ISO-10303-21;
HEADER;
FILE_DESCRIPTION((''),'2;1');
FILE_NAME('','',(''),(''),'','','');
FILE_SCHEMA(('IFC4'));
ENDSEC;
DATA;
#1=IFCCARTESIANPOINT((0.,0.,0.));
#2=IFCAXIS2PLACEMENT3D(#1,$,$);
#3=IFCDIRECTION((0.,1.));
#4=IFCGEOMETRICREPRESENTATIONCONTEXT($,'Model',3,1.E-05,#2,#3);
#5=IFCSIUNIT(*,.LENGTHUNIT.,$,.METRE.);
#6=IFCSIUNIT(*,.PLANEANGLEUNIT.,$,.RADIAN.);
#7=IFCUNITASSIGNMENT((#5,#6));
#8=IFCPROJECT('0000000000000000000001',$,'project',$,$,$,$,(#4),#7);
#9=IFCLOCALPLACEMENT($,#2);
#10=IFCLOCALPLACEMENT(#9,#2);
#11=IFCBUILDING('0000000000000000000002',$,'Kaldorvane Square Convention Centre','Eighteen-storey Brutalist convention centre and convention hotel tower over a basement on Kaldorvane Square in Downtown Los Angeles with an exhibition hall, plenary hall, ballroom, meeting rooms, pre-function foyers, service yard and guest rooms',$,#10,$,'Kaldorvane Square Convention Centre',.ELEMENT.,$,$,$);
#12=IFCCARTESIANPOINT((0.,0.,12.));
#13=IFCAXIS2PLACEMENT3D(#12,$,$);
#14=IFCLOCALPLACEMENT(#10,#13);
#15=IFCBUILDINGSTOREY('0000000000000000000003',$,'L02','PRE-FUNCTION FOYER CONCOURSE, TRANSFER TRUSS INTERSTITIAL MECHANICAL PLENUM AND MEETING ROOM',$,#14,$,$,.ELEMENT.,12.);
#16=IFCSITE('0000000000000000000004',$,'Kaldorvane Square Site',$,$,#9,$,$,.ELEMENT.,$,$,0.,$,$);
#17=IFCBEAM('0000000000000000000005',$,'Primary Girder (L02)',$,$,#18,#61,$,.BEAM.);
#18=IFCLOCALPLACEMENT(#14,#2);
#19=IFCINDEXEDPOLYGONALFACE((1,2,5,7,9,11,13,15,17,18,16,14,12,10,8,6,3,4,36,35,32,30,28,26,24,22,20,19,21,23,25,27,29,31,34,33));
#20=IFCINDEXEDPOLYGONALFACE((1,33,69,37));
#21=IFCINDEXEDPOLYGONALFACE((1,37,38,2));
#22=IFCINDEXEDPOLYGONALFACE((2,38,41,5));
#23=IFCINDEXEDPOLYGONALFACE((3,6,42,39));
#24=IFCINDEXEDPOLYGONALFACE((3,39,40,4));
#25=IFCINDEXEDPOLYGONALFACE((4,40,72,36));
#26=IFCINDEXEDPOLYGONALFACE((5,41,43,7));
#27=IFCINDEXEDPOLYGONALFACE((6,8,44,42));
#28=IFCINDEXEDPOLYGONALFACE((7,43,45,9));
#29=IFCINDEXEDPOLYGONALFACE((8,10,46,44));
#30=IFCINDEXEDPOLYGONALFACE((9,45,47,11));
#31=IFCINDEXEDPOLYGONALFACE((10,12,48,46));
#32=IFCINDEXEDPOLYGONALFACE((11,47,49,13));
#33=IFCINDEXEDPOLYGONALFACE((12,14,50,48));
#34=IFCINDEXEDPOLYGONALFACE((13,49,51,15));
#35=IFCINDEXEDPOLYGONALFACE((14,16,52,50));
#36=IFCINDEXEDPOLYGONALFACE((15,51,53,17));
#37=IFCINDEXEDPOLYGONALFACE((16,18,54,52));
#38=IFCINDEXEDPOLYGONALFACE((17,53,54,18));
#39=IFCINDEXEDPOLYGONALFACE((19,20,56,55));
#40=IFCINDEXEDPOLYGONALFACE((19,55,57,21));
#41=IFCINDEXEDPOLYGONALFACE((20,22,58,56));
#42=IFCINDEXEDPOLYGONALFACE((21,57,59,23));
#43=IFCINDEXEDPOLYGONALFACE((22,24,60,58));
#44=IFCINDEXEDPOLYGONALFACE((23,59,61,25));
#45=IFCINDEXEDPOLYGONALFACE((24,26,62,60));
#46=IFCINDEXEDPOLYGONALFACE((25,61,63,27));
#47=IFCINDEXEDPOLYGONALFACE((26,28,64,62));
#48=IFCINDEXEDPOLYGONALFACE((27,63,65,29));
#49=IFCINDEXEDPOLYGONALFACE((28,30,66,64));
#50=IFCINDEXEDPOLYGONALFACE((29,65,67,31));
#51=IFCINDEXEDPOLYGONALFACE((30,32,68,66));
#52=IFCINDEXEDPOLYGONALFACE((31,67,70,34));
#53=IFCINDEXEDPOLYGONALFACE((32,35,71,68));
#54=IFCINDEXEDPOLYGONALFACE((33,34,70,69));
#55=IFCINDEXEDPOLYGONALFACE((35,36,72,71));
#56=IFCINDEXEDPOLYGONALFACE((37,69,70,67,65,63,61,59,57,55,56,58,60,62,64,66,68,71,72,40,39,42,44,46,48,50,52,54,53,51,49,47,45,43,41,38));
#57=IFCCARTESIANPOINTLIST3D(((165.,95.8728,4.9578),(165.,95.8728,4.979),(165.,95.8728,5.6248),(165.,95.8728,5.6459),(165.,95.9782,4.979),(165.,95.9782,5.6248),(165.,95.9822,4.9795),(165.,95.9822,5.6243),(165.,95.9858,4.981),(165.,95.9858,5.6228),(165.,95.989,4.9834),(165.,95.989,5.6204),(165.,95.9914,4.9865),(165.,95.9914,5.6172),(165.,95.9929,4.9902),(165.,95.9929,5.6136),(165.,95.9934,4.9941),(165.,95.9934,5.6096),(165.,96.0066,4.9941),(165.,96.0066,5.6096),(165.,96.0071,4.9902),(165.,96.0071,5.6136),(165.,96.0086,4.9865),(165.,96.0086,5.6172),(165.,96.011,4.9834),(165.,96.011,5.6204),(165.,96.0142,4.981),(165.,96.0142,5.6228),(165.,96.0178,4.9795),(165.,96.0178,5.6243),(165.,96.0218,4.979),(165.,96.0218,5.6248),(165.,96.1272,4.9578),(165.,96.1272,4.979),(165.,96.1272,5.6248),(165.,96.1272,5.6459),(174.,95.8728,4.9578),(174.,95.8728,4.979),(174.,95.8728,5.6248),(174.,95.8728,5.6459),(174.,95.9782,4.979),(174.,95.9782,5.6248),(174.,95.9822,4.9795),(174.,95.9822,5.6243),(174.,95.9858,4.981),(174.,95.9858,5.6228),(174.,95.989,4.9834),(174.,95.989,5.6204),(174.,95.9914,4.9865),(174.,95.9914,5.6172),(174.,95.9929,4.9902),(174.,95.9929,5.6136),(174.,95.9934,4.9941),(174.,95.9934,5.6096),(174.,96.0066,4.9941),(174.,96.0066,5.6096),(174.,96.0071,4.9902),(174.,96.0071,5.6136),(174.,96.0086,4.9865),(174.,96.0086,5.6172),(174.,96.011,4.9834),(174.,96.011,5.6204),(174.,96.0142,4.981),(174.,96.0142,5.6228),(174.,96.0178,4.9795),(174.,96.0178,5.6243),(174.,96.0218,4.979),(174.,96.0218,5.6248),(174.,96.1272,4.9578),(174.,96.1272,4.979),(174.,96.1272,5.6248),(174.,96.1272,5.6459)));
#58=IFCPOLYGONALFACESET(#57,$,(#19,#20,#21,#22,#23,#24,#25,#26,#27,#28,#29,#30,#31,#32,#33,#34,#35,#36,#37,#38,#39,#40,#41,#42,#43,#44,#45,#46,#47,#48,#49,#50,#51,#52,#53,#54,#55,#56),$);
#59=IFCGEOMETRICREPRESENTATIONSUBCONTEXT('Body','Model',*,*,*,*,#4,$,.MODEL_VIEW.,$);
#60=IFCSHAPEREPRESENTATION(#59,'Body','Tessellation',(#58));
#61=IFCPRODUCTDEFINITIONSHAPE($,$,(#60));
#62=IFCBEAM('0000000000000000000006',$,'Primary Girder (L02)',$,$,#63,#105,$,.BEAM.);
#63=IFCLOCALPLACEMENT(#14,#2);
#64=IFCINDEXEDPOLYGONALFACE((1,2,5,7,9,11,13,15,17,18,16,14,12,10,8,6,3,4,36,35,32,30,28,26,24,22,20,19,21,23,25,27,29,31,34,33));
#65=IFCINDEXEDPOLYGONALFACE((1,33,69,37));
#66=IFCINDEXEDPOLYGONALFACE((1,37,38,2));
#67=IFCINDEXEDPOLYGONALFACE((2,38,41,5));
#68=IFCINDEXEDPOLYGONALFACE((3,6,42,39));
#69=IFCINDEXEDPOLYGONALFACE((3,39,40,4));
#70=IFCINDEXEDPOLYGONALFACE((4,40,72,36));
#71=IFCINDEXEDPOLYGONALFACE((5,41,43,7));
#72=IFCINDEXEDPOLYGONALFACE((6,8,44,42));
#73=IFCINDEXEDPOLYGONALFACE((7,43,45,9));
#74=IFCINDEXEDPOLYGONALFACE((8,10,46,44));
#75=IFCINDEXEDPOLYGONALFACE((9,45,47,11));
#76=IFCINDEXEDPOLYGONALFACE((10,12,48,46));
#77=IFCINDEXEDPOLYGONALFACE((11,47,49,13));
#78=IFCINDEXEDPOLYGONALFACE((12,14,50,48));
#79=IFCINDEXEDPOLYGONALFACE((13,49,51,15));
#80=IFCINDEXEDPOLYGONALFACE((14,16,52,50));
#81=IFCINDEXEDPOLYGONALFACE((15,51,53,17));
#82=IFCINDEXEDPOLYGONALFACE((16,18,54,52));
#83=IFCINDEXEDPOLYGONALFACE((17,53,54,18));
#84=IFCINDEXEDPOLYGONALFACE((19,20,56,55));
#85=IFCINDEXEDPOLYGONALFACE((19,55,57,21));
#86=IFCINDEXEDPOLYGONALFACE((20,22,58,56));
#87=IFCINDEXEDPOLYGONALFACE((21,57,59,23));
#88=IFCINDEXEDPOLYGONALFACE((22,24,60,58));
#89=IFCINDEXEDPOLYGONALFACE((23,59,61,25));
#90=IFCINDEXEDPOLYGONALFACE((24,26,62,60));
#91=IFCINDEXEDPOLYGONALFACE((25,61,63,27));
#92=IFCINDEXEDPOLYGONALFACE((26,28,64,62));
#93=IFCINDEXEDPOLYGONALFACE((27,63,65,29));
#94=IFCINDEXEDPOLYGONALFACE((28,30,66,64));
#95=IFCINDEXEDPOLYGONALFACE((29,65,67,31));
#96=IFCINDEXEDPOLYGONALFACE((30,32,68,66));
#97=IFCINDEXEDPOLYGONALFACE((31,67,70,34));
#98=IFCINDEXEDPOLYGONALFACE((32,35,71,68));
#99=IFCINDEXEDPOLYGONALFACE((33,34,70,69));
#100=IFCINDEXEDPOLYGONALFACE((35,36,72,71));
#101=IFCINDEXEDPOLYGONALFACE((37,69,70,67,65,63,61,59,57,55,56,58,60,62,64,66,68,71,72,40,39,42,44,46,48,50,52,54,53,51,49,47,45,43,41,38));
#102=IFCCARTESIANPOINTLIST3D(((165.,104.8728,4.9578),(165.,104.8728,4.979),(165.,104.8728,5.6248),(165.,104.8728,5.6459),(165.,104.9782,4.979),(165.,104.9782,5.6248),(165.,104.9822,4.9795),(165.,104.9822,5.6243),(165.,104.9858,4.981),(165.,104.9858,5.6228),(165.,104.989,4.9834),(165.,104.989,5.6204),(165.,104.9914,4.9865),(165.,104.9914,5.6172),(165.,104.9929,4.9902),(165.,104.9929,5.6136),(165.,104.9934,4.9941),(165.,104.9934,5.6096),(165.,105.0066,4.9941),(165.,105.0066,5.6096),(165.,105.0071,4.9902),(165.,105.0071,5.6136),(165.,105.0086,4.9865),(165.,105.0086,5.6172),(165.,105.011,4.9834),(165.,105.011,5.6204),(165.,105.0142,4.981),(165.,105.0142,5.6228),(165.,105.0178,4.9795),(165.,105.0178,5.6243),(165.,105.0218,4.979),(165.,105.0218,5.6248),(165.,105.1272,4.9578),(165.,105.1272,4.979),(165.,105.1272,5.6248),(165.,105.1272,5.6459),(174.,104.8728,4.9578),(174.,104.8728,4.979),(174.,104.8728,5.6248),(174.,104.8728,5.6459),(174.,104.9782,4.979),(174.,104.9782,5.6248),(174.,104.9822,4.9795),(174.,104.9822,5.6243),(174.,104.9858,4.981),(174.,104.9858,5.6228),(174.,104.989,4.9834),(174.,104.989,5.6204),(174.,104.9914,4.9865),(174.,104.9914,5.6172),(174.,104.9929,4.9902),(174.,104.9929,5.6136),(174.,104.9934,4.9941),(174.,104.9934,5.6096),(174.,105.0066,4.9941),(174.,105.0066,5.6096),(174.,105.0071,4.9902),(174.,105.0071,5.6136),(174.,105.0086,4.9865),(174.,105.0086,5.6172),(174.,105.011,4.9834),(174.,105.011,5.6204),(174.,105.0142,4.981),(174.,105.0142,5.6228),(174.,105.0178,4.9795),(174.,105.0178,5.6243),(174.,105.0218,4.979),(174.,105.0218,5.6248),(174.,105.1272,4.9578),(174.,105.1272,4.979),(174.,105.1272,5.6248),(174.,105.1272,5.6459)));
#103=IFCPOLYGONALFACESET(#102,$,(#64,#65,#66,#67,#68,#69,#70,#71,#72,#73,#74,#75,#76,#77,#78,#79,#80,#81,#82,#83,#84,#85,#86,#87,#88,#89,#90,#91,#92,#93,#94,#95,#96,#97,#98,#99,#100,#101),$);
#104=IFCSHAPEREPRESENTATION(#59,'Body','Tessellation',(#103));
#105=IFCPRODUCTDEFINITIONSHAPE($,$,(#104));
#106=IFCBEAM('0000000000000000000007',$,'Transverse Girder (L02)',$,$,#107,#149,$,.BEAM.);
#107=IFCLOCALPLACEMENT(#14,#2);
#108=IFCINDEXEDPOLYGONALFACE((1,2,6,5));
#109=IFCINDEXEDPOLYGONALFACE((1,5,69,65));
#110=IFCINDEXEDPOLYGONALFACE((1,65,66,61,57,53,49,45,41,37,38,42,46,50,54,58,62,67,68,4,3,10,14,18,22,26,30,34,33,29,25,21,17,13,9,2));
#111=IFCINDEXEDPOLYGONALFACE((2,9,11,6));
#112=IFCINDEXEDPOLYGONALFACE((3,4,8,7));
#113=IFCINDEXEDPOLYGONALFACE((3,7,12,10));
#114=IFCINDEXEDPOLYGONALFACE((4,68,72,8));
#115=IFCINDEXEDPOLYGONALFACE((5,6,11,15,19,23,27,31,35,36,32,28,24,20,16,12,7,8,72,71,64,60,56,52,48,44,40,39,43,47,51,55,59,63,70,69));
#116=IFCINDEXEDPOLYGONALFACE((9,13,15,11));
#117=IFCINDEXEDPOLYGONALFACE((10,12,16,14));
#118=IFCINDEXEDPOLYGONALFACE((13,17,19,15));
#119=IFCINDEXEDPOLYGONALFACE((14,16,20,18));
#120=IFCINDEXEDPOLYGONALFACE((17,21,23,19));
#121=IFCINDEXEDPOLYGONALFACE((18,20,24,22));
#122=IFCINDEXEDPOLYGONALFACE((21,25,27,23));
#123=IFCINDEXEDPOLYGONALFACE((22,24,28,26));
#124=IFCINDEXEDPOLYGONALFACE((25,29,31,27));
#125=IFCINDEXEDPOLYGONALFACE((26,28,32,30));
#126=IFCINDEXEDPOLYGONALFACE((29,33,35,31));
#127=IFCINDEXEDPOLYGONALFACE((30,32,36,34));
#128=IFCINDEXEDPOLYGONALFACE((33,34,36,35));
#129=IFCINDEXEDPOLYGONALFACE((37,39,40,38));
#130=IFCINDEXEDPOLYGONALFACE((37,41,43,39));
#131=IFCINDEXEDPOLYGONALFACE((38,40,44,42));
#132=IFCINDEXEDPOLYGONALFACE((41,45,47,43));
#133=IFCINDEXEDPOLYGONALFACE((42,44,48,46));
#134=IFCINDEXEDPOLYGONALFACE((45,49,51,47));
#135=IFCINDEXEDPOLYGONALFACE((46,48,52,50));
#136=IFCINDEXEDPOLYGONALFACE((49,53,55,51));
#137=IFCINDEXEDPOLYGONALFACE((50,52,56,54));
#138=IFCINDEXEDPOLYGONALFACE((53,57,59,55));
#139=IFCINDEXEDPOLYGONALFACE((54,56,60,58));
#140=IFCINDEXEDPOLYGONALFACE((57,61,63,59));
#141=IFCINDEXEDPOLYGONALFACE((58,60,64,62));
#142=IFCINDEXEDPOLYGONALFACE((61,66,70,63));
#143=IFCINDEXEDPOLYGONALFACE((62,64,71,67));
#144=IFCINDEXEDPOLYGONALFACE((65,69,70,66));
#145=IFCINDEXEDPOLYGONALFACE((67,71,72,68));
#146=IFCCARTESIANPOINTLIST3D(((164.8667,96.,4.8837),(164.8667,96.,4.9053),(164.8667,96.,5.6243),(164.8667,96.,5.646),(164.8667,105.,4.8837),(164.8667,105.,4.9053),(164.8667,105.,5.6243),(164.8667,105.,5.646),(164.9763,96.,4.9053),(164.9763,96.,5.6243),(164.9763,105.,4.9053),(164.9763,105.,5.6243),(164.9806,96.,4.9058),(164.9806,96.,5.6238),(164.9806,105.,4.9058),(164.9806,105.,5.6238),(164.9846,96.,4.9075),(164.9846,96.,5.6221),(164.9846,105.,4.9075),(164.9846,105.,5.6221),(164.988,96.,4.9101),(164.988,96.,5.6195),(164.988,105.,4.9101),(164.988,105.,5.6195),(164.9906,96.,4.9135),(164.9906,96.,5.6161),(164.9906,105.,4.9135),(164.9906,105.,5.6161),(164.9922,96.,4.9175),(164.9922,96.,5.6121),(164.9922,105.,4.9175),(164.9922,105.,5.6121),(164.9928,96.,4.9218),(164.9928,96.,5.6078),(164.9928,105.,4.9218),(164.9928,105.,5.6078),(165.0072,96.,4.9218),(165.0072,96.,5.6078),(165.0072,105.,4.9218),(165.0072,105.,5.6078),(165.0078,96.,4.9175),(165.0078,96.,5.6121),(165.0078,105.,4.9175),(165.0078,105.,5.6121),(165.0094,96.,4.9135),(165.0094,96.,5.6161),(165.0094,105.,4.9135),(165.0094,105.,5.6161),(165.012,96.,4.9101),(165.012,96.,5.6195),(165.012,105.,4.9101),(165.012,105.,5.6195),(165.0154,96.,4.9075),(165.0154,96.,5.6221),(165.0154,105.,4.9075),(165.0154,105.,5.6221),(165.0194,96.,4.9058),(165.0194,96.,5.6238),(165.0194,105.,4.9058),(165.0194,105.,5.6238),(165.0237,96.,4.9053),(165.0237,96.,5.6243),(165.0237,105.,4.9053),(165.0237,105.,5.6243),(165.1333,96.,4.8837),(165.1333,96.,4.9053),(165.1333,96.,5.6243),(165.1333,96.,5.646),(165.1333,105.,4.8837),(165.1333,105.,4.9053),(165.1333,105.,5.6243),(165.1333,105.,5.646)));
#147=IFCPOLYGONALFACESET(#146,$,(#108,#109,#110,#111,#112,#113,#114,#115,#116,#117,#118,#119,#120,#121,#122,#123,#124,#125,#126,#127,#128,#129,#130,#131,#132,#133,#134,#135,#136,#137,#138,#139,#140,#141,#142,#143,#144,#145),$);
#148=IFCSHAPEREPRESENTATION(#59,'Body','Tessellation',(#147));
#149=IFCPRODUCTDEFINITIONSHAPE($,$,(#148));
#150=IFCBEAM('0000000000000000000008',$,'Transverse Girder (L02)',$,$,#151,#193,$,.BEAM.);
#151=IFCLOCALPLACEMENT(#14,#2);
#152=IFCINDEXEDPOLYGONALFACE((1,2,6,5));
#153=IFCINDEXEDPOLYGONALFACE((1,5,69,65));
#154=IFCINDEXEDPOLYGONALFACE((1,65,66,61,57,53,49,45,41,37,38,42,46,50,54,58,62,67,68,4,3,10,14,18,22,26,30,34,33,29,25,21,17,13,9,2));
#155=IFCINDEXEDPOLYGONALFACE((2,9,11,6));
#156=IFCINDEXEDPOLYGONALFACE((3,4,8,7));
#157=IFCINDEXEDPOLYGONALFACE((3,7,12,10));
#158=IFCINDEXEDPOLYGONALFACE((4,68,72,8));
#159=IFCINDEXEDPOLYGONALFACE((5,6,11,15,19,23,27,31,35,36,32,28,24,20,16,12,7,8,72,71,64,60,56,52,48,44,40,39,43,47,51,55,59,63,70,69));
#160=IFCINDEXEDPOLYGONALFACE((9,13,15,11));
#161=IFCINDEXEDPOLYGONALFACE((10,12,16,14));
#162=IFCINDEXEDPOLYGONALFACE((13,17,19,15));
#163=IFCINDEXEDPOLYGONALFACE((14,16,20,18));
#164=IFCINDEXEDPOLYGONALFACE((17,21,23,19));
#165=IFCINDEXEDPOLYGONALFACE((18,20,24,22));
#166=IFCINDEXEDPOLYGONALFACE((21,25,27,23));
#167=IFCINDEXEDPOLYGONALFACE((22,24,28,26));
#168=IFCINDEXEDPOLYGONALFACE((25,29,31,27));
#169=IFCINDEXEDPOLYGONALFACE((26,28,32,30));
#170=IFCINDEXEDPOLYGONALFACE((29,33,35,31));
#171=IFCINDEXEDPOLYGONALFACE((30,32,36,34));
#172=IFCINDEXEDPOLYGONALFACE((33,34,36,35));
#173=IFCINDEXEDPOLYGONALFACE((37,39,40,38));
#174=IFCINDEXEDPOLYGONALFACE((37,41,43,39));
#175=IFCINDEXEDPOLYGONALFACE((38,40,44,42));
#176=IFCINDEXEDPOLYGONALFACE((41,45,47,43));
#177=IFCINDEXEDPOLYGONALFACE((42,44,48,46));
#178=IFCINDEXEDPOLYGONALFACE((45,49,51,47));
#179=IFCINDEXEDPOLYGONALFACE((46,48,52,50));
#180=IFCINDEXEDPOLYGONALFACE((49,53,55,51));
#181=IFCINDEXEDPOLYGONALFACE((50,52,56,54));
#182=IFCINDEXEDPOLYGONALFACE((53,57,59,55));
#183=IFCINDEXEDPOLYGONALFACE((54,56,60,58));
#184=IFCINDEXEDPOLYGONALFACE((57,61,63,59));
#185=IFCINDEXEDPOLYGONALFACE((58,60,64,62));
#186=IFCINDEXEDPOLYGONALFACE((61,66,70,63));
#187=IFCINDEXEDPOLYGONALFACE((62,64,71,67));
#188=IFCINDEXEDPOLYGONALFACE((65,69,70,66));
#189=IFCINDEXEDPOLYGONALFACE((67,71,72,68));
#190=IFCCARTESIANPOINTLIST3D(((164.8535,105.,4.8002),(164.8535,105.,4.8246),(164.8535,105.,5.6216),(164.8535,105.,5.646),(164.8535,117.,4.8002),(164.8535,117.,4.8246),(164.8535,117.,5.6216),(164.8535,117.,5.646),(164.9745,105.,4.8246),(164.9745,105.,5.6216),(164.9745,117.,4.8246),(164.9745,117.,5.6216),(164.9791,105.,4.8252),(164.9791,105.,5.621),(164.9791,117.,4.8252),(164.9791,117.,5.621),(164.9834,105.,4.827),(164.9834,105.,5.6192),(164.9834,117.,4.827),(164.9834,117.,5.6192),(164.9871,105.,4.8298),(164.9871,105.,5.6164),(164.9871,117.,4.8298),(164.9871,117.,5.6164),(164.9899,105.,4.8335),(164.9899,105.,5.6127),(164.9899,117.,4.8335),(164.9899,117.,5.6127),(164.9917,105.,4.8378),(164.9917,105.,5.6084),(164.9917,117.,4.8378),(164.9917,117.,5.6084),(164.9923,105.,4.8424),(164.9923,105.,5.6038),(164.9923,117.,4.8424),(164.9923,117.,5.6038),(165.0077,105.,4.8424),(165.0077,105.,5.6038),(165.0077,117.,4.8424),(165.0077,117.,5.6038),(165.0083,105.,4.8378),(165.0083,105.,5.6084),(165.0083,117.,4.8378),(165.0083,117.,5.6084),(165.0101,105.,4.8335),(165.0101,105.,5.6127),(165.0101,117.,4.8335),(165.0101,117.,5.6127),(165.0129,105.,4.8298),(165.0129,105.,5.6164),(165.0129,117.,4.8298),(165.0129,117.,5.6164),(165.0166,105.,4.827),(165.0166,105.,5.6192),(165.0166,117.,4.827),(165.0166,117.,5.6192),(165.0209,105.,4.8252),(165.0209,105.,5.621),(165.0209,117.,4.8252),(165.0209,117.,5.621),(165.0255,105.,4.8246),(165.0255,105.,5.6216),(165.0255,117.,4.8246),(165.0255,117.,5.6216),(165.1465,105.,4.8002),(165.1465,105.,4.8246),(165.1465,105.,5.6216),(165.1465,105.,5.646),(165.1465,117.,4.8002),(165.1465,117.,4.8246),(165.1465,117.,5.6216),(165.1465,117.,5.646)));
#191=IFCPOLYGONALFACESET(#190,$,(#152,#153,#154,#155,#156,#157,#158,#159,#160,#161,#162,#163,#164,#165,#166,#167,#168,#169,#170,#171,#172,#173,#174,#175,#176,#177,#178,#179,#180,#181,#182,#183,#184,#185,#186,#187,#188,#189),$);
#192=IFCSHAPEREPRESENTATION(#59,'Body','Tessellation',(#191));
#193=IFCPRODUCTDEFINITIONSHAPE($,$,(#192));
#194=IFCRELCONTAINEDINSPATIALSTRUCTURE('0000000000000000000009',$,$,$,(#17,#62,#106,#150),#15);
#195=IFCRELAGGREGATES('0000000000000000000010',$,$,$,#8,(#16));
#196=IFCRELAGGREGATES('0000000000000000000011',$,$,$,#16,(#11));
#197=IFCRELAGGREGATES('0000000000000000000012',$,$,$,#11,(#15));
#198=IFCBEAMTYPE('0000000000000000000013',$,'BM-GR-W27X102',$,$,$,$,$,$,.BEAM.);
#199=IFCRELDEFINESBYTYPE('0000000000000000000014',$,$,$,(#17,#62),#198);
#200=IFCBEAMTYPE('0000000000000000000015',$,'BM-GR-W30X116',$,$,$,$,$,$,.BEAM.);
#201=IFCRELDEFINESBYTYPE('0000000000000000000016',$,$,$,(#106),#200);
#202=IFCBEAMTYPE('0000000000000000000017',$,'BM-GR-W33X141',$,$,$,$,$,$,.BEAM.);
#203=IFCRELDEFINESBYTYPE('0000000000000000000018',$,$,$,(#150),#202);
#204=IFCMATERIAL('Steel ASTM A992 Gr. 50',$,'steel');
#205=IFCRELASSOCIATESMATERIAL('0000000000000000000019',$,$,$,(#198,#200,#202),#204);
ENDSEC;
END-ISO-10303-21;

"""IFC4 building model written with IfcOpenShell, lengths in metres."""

from ifc_helpers import new_model, si_unit, direction, frame, origin, origin_2d, place, context, subcontext, project, spatial, i_section, extrude, material, material_profile, profile_set, type_object, element, save


model = new_model("IFC4")

# Units and contexts
model_context = context("Model", 3, precision=1e-05, world=origin(), true_north=direction((0.0, 1.0)))
body_context = subcontext(model_context, "Body", "Model", "MODEL_VIEW")
ifc_project = project(units=[si_unit("LENGTHUNIT", "METRE"), si_unit("PLANEANGLEUNIT", "RADIAN")], contexts=[model_context])

# Site, building, storey
site_placement = place(None, origin())
site = spatial("IfcSite", under=ifc_project, at=site_placement, Name="Kaldorvane Square Site", CompositionType="ELEMENT", RefElevation=0.0)
building_placement = place(site_placement, origin())
building = spatial("IfcBuilding", under=site, at=building_placement, Name="Kaldorvane Square Convention Centre", Description="Eighteen-storey Brutalist convention centre and convention hotel tower over a basement on Kaldorvane Square in Downtown Los Angeles with an exhibition hall, plenary hall, ballroom, meeting rooms, pre-function foyers, service yard and guest rooms", LongName="Kaldorvane Square Convention Centre", CompositionType="ELEMENT")
storey_placement = place(building_placement, frame((0.0, 0.0, 12.0)))
storey = spatial("IfcBuildingStorey", under=building, at=storey_placement, Name="L02", Description="PRE-FUNCTION FOYER CONCOURSE, TRANSFER TRUSS INTERSTITIAL MECHANICAL PLENUM AND MEETING ROOM", CompositionType="ELEMENT", Elevation=12.0)

# Shared definitions
ifc_material_1 = material(Name="Steel ASTM A992 Gr. 50", Category="steel")

# Beams
ifc_material_profile_1 = material_profile(ifc_material_1, i_section(OverallWidth=0.2544, OverallDepth=0.6881, WebThickness=0.0131, FlangeThickness=0.0211, FilletRadius=0.0152, at=origin_2d()), Name="W27X102")
ifc_profile_set_1 = profile_set([ifc_material_profile_1], Name="Steel ASTM A992 Gr. 50")
beam_type_1 = type_object("IfcBeamType", Name="BM-GR-W27X102", PredefinedType="BEAM", material=ifc_profile_set_1)
for number, where, z_axis, x_axis, name in (
    (1, (165.0, 96.0, 5.3019), (1.0, 0.0, 0.0), (0.0, 1.0, 0.0), "Primary Girder (L02)"),
    (2, (165.0, 105.0, 5.3019), (1.0, 0.0, 0.0), (0.0, 1.0, 0.0), "Primary Girder (L02)"),
):
    element("IfcBeam", number, at=place(storey_placement, frame(where, z_axis=z_axis, x_axis=x_axis)), inside=storey, type_object=beam_type_1, Name=name, PredefinedType="BEAM", context=body_context, shape_type="SweptSolid", body=[
        extrude(i_section(OverallWidth=0.2544, OverallDepth=0.6881, WebThickness=0.0131, FlangeThickness=0.0211, FilletRadius=0.0152, at=origin_2d()), origin(), (0.0, 0.0, 1.0), 9.0),
    ])
ifc_material_profile_2 = material_profile(ifc_material_1, i_section(OverallWidth=0.2666, OverallDepth=0.7623, WebThickness=0.0144, FlangeThickness=0.0216, FilletRadius=0.0165, at=origin_2d()), Name="W30X116")
ifc_profile_set_2 = profile_set([ifc_material_profile_2], Name="Steel ASTM A992 Gr. 50")
beam_type_2 = type_object("IfcBeamType", Name="BM-GR-W30X116", PredefinedType="BEAM", material=ifc_profile_set_2)
beam_1_placement = place(storey_placement, frame((165.0, 96.0, 5.2648), z_axis=(0.0, 1.0, 0.0), x_axis=(-1.0, 0.0, 0.0)))
element("IfcBeam", 3, at=beam_1_placement, inside=storey, type_object=beam_type_2, Name="Transverse Girder (L02)", PredefinedType="BEAM", context=body_context, shape_type="SweptSolid", body=[
    extrude(i_section(OverallWidth=0.2666, OverallDepth=0.7623, WebThickness=0.0144, FlangeThickness=0.0216, FilletRadius=0.0165, at=origin_2d()), origin(), (0.0, 0.0, 1.0), 9.0),
])
ifc_material_profile_3 = material_profile(ifc_material_1, i_section(OverallWidth=0.293, OverallDepth=0.8458, WebThickness=0.0154, FlangeThickness=0.0244, FilletRadius=0.0178, at=origin_2d()), Name="W33X141")
ifc_profile_set_3 = profile_set([ifc_material_profile_3], Name="Steel ASTM A992 Gr. 50")
beam_type_3 = type_object("IfcBeamType", Name="BM-GR-W33X141", PredefinedType="BEAM", material=ifc_profile_set_3)
beam_2_placement = place(storey_placement, frame((165.0, 105.0, 5.2231), z_axis=(0.0, 1.0, 0.0), x_axis=(-1.0, 0.0, 0.0)))
element("IfcBeam", 4, at=beam_2_placement, inside=storey, type_object=beam_type_3, Name="Transverse Girder (L02)", PredefinedType="BEAM", context=body_context, shape_type="SweptSolid", body=[
    extrude(i_section(OverallWidth=0.293, OverallDepth=0.8458, WebThickness=0.0154, FlangeThickness=0.0244, FilletRadius=0.0178, at=origin_2d()), origin(), (0.0, 0.0, 1.0), 12.0),
])

save(model, "model.ifc")
